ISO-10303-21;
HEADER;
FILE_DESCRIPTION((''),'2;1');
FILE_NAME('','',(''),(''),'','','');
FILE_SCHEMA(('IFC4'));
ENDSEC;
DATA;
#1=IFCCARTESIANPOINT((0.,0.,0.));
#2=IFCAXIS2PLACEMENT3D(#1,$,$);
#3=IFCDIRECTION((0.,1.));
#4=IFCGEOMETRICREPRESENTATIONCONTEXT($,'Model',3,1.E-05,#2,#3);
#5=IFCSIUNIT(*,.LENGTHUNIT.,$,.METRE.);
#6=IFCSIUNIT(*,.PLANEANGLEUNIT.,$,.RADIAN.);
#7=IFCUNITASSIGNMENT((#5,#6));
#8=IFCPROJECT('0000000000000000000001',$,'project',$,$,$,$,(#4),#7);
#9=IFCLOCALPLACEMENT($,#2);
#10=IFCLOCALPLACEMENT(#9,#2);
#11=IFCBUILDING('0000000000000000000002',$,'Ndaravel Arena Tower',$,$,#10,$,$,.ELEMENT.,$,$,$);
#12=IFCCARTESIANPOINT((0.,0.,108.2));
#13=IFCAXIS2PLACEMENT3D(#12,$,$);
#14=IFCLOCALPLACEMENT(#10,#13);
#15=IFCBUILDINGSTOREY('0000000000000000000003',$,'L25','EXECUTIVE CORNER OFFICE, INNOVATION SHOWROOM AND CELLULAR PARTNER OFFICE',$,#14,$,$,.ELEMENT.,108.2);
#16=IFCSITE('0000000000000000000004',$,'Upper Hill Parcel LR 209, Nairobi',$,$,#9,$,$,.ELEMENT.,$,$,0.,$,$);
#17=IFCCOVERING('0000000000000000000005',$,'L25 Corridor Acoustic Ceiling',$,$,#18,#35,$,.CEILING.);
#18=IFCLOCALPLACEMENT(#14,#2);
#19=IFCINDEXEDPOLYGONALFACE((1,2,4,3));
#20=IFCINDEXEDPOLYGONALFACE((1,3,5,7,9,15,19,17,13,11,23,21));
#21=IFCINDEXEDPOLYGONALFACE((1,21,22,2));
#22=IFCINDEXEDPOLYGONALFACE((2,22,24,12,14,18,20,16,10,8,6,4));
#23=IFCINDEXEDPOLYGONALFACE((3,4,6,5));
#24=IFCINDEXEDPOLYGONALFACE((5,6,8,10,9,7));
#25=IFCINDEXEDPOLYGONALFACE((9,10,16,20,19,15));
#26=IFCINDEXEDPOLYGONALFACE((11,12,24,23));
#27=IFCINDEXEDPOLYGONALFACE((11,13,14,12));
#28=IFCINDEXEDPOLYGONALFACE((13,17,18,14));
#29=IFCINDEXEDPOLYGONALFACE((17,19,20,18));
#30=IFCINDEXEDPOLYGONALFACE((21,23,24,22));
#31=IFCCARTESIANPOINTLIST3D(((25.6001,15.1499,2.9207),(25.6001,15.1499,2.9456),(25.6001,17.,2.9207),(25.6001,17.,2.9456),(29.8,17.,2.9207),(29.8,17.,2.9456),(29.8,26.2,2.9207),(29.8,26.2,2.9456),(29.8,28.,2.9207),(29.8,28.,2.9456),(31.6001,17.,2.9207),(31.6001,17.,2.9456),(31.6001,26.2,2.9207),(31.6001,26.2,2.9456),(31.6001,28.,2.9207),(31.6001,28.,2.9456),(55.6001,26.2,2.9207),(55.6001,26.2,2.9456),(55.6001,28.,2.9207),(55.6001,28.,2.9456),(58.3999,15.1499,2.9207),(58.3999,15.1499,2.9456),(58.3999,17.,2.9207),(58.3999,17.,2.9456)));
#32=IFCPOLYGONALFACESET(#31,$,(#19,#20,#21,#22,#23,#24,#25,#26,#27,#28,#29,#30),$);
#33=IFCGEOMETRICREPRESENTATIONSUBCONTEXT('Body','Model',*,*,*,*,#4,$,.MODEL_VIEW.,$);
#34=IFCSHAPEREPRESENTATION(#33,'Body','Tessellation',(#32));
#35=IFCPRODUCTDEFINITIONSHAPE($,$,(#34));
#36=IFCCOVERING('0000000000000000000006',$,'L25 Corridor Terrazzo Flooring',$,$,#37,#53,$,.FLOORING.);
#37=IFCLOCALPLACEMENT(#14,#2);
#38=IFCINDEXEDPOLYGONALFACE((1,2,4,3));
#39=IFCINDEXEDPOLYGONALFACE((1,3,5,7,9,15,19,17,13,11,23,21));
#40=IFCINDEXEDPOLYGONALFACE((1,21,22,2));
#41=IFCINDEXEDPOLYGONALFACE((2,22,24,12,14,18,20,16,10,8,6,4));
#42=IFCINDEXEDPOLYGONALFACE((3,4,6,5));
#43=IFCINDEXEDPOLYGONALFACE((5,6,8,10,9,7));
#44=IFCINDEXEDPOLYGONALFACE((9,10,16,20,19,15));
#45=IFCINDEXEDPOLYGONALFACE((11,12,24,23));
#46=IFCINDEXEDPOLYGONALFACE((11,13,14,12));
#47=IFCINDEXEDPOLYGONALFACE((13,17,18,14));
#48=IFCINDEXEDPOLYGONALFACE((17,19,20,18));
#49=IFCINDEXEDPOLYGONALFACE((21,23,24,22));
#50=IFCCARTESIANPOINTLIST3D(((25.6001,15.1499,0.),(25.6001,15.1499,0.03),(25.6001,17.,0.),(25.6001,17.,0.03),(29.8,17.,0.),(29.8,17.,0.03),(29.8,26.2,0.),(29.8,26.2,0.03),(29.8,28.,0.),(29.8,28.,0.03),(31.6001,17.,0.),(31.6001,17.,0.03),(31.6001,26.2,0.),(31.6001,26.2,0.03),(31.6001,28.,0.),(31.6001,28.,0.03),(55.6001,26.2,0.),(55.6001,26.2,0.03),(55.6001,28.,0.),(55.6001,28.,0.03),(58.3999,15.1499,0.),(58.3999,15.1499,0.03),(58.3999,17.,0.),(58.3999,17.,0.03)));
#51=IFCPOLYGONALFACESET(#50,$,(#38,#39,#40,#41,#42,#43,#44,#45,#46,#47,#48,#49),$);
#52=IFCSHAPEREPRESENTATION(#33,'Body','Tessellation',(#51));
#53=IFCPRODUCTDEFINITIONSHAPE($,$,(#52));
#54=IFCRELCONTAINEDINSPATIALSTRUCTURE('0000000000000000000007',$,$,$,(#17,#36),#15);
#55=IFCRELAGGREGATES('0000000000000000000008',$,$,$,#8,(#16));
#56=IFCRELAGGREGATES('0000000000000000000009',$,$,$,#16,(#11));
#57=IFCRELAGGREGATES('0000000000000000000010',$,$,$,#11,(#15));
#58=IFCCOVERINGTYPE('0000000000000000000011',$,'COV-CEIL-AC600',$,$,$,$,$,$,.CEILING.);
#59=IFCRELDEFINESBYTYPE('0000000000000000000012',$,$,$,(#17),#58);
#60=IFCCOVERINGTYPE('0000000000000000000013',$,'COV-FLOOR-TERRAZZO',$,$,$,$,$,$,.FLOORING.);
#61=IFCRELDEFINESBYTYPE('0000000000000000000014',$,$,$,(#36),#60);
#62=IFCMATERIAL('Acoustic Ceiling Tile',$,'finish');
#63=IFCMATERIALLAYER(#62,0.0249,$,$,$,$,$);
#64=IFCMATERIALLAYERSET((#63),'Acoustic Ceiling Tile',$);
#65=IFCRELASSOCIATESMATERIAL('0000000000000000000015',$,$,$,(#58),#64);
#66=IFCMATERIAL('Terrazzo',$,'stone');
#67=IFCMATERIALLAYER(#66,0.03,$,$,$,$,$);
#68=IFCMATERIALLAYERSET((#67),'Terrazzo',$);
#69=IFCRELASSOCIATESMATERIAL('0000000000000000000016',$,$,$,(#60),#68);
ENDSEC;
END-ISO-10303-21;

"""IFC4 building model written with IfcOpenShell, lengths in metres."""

from ifc_helpers import new_model, si_unit, direction, frame, origin, place, context, subcontext, project, spatial, polyline, outline, extrude, material, layer, layer_set, type_object, element, save


model = new_model("IFC4")

# Units and contexts
model_context = context("Model", 3, precision=1e-05, world=origin(), true_north=direction((0.0, 1.0)))
body_context = subcontext(model_context, "Body", "Model", "MODEL_VIEW")
ifc_project = project(units=[si_unit("LENGTHUNIT", "METRE"), si_unit("PLANEANGLEUNIT", "RADIAN")], contexts=[model_context])

# Site, building, storey
site_placement = place(None, origin())
site = spatial("IfcSite", under=ifc_project, at=site_placement, Name="Upper Hill Parcel LR 209, Nairobi", CompositionType="ELEMENT", RefElevation=0.0)
building_placement = place(site_placement, origin())
building = spatial("IfcBuilding", under=site, at=building_placement, Name="Ndaravel Arena Tower", CompositionType="ELEMENT")
storey_placement = place(building_placement, frame((0.0, 0.0, 108.2)))
storey = spatial("IfcBuildingStorey", under=building, at=storey_placement, Name="L25", Description="EXECUTIVE CORNER OFFICE, INNOVATION SHOWROOM AND CELLULAR PARTNER OFFICE", CompositionType="ELEMENT", Elevation=108.2)

# Coverings
ifc_material_1 = material(Name="Acoustic Ceiling Tile", Category="finish")
ifc_layer_1 = layer(ifc_material_1, 0.0249)
ifc_layer_set_1 = layer_set([ifc_layer_1], Name="Acoustic Ceiling Tile")
covering_type_1 = type_object("IfcCoveringType", Name="COV-CEIL-AC600", PredefinedType="CEILING", material=ifc_layer_set_1)
covering_1_placement = place(storey_placement, frame((0.0, 0.0, 2.9207)))
element("IfcCovering", 1, at=covering_1_placement, inside=storey, type_object=covering_type_1, Name="L25 Corridor Acoustic Ceiling", PredefinedType="CEILING", context=body_context, shape_type="SweptSolid", body=[
    extrude(outline(polyline([(58.3999, 17.0), (31.6001, 17.0), (31.6001, 26.2), (55.6001, 26.2), (55.6001, 28.0), (31.6001, 28.0), (29.8, 28.0), (29.8, 26.2), (29.8, 17.0), (25.6001, 17.0), (25.6001, 15.1499), (58.3999, 15.1499), (58.3999, 17.0)])), origin(), (0.0, 0.0, 1.0), 0.0249),
])
ifc_material_2 = material(Name="Terrazzo", Category="stone")
ifc_layer_2 = layer(ifc_material_2, 0.03)
ifc_layer_set_2 = layer_set([ifc_layer_2], Name="Terrazzo")
covering_type_2 = type_object("IfcCoveringType", Name="COV-FLOOR-TERRAZZO", PredefinedType="FLOORING", material=ifc_layer_set_2)
covering_2_placement = place(storey_placement, origin())
element("IfcCovering", 2, at=covering_2_placement, inside=storey, type_object=covering_type_2, Name="L25 Corridor Terrazzo Flooring", PredefinedType="FLOORING", context=body_context, shape_type="SweptSolid", body=[
    extrude(outline(polyline([(58.3999, 17.0), (31.6001, 17.0), (31.6001, 26.2), (55.6001, 26.2), (55.6001, 28.0), (31.6001, 28.0), (29.8, 28.0), (29.8, 26.2), (29.8, 17.0), (25.6001, 17.0), (25.6001, 15.1499), (58.3999, 15.1499), (58.3999, 17.0)])), origin(), (0.0, 0.0, 1.0), 0.03),
])

save(model, "model.ifc")
